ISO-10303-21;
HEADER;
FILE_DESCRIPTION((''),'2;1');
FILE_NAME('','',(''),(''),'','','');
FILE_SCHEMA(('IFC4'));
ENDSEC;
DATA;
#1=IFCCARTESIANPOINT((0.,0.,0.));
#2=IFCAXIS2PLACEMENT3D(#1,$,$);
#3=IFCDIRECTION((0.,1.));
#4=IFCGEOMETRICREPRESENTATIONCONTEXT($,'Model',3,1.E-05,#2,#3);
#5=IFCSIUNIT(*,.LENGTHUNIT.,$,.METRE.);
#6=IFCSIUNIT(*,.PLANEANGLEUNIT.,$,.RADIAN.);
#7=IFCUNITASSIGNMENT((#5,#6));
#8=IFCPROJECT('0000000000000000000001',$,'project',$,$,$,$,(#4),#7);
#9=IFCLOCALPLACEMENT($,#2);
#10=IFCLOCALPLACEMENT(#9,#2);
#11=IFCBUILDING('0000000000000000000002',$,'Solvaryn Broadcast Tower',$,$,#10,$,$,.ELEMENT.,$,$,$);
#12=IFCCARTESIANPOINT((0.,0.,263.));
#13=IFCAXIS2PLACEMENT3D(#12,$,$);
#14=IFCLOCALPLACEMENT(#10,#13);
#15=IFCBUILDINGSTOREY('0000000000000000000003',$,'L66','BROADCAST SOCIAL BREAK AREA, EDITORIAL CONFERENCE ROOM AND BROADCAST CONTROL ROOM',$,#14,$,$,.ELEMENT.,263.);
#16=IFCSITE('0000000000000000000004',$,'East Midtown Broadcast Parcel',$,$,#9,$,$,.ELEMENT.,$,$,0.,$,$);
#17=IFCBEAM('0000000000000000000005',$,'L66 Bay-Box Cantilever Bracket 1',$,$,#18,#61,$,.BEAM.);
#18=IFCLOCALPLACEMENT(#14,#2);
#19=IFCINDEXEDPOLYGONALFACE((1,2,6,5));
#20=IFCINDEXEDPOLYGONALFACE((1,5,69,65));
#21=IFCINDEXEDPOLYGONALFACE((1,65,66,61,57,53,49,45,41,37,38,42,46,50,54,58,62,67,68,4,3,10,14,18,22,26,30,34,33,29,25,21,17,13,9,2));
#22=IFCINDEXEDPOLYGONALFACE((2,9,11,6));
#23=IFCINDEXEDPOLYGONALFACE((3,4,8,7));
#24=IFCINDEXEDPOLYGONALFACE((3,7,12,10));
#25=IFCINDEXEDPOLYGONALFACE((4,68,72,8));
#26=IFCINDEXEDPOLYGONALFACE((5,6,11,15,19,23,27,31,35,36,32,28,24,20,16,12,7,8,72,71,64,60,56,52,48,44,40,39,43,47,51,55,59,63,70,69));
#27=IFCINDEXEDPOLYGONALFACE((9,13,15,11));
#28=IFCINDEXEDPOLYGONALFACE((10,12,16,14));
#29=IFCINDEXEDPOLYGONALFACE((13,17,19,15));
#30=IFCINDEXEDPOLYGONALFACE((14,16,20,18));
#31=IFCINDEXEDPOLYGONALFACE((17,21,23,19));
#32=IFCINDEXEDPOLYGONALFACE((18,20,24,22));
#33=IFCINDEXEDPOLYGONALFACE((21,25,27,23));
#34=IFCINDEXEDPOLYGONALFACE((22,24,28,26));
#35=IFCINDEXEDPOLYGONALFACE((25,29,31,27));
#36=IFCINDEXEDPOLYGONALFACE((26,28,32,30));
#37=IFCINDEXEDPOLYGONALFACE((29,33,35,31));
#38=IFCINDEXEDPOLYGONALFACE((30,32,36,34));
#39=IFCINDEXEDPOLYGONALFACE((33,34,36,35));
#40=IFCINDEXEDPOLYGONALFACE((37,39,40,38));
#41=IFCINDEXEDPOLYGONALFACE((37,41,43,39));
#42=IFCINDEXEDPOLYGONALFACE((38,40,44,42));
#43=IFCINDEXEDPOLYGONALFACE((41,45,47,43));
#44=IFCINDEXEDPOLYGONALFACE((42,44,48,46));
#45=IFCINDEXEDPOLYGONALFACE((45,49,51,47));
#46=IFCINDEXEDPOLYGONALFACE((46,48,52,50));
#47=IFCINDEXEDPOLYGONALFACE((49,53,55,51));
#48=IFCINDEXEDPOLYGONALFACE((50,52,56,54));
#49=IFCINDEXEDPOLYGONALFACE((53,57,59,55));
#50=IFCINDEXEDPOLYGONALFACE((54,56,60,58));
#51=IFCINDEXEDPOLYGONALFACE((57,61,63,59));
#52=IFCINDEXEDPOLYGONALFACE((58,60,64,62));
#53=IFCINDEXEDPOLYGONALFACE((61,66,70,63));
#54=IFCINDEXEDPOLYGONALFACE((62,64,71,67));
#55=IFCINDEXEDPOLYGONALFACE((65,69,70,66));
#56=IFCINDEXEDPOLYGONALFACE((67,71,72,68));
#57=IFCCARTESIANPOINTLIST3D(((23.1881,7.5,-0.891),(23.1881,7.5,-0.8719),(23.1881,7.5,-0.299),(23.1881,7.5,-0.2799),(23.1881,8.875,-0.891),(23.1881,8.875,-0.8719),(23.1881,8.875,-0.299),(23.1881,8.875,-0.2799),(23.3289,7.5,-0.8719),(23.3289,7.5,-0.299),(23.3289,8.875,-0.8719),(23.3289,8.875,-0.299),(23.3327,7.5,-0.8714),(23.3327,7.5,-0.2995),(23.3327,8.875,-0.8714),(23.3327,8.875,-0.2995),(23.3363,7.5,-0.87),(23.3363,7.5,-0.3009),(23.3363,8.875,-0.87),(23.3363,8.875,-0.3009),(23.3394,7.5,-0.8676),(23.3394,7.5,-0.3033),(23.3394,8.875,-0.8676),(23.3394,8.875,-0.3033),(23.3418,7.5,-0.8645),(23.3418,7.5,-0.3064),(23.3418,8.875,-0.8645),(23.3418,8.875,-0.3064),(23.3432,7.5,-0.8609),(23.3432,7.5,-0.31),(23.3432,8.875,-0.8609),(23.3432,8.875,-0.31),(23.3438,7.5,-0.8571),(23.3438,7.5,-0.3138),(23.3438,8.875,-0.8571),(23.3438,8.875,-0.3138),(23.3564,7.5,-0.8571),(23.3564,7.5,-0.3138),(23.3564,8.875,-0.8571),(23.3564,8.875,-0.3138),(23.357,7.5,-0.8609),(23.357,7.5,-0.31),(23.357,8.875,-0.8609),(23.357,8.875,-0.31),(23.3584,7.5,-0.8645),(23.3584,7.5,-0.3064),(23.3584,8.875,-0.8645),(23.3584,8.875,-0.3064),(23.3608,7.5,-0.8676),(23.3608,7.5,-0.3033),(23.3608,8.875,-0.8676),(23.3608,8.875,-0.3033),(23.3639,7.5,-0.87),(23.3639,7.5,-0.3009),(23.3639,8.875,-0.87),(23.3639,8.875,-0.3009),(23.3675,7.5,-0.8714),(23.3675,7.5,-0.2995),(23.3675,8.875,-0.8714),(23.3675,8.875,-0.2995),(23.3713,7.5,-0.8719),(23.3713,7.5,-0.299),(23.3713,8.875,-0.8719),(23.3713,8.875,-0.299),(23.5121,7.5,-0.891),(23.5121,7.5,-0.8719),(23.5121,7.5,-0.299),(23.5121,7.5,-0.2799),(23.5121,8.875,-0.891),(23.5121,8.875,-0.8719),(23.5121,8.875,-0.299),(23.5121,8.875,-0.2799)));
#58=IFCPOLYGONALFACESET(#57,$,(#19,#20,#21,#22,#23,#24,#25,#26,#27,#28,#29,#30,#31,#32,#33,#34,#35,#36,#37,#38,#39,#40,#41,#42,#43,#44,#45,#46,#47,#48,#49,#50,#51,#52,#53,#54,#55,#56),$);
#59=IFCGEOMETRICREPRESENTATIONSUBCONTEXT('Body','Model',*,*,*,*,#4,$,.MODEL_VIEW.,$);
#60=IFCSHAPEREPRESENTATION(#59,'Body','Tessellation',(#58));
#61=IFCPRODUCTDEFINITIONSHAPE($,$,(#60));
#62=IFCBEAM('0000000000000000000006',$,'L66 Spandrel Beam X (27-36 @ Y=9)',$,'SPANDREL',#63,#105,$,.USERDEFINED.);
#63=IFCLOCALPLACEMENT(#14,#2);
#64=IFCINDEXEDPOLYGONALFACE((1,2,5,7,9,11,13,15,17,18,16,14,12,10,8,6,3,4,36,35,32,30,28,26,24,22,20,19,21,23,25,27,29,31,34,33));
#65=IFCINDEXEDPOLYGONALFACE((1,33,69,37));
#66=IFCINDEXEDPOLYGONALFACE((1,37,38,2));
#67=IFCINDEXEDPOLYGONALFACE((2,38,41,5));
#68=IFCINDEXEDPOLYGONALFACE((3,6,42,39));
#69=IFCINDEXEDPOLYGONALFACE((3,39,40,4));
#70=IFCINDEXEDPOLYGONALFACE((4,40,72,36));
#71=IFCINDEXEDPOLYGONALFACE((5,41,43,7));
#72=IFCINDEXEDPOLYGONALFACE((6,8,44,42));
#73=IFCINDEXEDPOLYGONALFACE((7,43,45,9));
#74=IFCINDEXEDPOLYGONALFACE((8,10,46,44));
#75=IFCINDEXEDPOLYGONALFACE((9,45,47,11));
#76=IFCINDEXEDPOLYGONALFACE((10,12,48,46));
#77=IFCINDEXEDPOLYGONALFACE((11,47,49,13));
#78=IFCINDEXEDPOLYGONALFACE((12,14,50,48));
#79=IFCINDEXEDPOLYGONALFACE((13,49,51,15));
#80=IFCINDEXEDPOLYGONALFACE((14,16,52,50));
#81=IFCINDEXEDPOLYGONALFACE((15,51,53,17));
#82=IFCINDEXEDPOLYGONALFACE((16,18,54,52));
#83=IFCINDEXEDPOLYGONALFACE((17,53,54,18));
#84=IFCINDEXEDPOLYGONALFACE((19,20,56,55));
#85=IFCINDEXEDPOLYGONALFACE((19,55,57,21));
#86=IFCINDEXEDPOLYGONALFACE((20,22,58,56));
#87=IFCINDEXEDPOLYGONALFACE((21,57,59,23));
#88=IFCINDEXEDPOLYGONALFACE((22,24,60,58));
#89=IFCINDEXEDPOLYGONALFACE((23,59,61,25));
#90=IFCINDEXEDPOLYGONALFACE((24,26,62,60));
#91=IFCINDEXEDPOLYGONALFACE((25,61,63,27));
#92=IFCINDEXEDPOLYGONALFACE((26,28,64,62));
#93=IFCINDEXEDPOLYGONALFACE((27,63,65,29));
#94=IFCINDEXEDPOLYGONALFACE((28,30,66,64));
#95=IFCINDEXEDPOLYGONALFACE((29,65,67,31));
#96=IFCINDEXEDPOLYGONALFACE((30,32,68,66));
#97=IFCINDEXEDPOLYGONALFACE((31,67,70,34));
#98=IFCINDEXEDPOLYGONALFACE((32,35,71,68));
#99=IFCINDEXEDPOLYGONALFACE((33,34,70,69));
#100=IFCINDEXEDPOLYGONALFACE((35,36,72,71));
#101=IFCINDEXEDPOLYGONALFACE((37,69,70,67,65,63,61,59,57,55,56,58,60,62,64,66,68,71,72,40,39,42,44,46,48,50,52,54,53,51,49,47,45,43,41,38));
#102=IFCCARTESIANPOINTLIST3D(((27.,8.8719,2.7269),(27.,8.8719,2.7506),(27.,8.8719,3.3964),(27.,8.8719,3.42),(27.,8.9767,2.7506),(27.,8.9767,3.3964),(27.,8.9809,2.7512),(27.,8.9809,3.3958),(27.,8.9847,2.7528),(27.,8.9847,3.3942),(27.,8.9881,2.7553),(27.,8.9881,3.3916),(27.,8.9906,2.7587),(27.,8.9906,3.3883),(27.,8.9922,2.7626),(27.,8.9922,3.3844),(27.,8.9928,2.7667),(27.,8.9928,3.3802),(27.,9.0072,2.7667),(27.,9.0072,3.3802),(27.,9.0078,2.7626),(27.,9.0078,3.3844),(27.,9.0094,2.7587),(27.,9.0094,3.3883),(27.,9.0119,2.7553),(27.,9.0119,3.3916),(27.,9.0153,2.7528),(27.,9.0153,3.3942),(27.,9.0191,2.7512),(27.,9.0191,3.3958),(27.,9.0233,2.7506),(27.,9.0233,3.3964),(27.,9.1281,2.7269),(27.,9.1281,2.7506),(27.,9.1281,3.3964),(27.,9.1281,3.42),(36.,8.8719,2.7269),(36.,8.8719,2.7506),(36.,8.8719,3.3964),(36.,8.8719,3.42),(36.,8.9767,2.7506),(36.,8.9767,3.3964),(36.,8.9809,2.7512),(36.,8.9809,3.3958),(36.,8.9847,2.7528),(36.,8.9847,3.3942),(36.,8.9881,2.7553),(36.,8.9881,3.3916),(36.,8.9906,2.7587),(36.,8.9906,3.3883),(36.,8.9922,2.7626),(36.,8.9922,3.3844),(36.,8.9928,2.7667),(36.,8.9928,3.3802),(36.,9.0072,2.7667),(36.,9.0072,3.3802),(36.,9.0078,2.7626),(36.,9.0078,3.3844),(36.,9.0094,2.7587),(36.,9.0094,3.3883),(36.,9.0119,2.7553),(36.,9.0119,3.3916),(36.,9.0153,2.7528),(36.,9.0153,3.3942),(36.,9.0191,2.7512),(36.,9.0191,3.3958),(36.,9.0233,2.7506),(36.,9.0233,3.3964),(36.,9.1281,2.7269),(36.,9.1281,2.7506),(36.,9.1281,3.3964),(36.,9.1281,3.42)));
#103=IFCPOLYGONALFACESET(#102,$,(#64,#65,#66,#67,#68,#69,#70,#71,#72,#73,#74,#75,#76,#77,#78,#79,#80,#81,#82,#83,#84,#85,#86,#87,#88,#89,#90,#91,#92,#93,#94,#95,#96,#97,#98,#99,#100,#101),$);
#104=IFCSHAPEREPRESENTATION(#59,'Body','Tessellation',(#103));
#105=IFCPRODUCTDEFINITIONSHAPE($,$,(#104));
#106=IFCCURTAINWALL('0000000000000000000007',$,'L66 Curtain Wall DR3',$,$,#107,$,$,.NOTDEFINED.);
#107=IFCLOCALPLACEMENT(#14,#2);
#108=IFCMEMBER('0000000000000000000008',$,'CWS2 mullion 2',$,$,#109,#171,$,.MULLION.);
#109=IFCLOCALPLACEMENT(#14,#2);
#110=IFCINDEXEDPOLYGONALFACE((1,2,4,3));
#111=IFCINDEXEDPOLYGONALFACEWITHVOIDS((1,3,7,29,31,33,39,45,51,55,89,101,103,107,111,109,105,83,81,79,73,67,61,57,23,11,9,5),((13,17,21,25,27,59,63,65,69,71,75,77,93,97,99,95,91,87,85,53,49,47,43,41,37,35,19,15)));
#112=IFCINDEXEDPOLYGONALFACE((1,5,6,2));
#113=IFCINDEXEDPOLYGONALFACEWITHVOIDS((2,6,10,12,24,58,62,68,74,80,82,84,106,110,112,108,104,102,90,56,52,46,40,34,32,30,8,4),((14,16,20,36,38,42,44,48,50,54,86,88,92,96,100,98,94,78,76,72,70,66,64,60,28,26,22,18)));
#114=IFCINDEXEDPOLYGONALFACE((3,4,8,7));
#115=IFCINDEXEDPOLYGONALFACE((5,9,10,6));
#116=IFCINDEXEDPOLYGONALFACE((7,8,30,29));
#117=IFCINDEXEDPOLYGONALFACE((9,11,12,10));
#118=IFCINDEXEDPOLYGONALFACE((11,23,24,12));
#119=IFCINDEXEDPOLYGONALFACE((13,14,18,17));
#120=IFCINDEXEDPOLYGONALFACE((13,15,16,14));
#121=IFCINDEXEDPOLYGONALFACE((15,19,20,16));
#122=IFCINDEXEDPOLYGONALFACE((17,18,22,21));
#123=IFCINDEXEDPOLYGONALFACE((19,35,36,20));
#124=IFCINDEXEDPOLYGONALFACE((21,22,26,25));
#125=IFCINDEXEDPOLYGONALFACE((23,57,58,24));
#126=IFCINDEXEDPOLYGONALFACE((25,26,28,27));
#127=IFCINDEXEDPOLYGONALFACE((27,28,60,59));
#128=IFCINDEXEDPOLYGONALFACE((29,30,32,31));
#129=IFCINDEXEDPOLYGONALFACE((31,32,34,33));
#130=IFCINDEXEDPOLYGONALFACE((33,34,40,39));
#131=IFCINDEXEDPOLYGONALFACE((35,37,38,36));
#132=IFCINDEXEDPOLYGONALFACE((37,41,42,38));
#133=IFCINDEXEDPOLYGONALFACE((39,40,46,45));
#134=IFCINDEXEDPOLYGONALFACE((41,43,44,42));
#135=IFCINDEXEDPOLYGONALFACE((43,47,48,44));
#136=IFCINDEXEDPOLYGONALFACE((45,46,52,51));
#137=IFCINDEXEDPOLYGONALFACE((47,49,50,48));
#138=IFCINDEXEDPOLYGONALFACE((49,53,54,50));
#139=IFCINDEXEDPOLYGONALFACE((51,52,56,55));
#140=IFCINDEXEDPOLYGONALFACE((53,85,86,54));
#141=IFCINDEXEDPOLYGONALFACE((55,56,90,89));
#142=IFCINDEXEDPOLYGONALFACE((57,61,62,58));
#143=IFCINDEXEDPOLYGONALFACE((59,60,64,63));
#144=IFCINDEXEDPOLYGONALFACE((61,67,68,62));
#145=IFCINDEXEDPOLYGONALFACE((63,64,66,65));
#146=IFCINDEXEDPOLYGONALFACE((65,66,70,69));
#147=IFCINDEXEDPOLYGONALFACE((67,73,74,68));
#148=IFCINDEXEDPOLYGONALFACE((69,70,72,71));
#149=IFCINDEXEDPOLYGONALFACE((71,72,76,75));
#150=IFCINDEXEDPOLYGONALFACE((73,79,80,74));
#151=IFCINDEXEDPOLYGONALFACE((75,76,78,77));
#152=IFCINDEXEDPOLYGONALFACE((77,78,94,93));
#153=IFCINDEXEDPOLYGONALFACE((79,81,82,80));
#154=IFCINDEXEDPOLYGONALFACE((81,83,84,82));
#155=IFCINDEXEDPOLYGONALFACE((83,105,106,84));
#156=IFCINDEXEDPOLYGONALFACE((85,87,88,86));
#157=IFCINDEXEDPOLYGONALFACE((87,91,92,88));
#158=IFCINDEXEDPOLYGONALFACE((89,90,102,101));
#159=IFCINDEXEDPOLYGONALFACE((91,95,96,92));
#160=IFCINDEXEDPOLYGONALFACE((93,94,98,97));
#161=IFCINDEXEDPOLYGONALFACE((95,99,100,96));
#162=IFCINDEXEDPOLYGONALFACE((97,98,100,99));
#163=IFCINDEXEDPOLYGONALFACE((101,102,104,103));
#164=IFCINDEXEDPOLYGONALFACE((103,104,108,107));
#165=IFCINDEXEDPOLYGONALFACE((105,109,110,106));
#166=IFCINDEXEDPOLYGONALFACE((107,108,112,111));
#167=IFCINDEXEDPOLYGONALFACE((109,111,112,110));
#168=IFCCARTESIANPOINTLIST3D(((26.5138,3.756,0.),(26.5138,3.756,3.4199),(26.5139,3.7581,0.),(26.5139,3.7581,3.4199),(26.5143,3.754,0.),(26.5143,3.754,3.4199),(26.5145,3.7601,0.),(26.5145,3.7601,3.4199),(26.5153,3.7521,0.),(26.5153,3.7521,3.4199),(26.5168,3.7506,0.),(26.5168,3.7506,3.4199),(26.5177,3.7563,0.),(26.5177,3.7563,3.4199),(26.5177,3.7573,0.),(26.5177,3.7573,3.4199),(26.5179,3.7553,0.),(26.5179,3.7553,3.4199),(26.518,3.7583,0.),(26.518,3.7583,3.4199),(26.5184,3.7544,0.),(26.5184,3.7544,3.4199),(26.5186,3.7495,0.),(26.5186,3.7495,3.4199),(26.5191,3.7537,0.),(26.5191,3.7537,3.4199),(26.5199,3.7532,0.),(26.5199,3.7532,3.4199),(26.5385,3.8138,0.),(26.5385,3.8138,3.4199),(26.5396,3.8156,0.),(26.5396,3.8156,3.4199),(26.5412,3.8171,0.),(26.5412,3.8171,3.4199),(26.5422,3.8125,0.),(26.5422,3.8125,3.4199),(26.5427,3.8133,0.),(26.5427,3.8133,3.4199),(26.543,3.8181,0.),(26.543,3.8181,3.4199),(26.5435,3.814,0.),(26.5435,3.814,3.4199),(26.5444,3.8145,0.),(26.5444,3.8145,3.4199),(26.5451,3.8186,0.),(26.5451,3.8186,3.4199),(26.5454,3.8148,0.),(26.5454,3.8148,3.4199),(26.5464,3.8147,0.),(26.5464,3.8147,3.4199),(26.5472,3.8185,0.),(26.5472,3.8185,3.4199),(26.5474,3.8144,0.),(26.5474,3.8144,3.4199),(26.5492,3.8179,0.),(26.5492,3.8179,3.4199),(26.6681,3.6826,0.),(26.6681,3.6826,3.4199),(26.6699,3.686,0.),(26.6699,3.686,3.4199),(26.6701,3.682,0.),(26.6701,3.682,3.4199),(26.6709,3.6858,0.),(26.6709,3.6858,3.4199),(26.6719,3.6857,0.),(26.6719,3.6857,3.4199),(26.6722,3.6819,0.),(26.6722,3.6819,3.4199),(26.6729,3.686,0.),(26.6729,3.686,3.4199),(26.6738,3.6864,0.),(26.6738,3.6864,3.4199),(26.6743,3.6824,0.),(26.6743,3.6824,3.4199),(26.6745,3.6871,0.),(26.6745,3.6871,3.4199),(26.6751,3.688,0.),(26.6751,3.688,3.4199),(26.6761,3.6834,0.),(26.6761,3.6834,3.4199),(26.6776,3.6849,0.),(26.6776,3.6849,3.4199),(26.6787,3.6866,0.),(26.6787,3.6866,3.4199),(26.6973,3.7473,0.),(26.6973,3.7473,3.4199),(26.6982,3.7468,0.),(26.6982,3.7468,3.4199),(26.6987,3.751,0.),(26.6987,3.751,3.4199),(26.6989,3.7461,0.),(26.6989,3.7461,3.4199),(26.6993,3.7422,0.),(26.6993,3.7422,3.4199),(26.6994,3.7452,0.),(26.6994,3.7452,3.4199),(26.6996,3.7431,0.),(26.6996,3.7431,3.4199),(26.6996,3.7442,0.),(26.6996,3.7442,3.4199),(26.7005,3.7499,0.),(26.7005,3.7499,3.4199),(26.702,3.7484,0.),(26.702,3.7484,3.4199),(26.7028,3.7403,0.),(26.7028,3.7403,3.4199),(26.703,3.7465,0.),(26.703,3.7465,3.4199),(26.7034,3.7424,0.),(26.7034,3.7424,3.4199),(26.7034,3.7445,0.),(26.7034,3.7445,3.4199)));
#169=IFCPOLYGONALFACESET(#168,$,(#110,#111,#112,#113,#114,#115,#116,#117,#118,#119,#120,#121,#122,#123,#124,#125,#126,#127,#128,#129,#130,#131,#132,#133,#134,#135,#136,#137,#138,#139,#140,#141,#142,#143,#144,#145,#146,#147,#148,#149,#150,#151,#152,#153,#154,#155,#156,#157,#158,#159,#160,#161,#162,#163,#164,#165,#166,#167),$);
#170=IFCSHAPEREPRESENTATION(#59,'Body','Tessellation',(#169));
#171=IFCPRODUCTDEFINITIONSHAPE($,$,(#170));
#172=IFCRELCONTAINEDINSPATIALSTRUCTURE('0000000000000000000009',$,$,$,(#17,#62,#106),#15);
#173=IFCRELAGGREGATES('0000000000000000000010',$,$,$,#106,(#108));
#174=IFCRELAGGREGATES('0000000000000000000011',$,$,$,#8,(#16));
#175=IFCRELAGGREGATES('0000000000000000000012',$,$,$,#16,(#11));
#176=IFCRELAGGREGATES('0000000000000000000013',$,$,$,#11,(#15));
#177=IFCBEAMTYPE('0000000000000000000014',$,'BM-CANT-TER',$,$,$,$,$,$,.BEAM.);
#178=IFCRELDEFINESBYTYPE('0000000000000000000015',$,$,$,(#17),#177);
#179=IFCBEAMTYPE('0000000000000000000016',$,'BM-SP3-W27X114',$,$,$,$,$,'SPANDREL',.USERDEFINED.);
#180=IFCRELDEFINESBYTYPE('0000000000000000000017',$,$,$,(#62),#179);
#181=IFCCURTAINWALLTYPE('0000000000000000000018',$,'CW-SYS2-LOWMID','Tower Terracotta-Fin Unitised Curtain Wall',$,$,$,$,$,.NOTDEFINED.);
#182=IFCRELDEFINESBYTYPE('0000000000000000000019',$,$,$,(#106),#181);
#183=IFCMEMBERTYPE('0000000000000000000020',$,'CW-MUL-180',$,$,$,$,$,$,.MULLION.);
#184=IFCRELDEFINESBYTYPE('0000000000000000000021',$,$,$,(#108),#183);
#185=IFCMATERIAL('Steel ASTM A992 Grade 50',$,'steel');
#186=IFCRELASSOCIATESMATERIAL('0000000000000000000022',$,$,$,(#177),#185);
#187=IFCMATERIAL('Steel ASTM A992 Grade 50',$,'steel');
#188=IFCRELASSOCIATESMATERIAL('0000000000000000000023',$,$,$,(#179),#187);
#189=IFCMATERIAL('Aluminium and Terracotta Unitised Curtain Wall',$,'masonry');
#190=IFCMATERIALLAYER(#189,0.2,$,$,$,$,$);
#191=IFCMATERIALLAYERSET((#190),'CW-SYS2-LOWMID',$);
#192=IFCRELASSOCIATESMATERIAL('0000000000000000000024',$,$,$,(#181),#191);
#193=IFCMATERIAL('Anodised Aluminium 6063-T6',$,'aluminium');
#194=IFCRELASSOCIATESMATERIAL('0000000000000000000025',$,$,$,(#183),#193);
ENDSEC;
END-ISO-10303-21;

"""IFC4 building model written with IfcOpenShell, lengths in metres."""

from ifc_helpers import new_model, si_unit, direction, frame, origin, origin_2d, place, context, subcontext, project, spatial, hollow_rectangle, i_section, extrude, material, layer, layer_set, material_profile, profile_set, type_object, element, aggregate, save


model = new_model("IFC4")

# Units and contexts
model_context = context("Model", 3, precision=1e-05, world=origin(), true_north=direction((0.0, 1.0)))
body_context = subcontext(model_context, "Body", "Model", "MODEL_VIEW")
ifc_project = project(units=[si_unit("LENGTHUNIT", "METRE"), si_unit("PLANEANGLEUNIT", "RADIAN")], contexts=[model_context])

# Site, building, storey
site_placement = place(None, origin())
site = spatial("IfcSite", under=ifc_project, at=site_placement, Name="East Midtown Broadcast Parcel", CompositionType="ELEMENT", RefElevation=0.0)
building_placement = place(site_placement, origin())
building = spatial("IfcBuilding", under=site, at=building_placement, Name="Solvaryn Broadcast Tower", CompositionType="ELEMENT")
storey_placement = place(building_placement, frame((0.0, 0.0, 263.0)))
storey = spatial("IfcBuildingStorey", under=building, at=storey_placement, Name="L66", Description="BROADCAST SOCIAL BREAK AREA, EDITORIAL CONFERENCE ROOM AND BROADCAST CONTROL ROOM", CompositionType="ELEMENT", Elevation=263.0)

# Beams
ifc_material_1 = material(Name="Steel ASTM A992 Grade 50", Category="steel")
ifc_material_profile_1 = material_profile(ifc_material_1, i_section(OverallWidth=0.324, OverallDepth=0.6111, WebThickness=0.0127, FlangeThickness=0.019, FilletRadius=0.0149, at=origin_2d()))
ifc_profile_set_1 = profile_set([ifc_material_profile_1], Name="Steel ASTM A992 Grade 50")
beam_type_1 = type_object("IfcBeamType", Name="BM-CANT-TER", PredefinedType="BEAM", material=ifc_profile_set_1)
beam_1_placement = place(storey_placement, frame((23.3501, 8.875, -0.5854), z_axis=(0.0, -1.0, 0.0), x_axis=(1.0, 0.0, 0.0)))
element("IfcBeam", 1, at=beam_1_placement, inside=storey, type_object=beam_type_1, Name="L66 Bay-Box Cantilever Bracket 1", PredefinedType="BEAM", context=body_context, shape_type="SweptSolid", body=[
    extrude(i_section(OverallWidth=0.324, OverallDepth=0.6111, WebThickness=0.0127, FlangeThickness=0.019, FilletRadius=0.0149, at=origin_2d()), origin(), (0.0, 0.0, 1.0), 1.375),
])
ifc_material_2 = material(Name="Steel ASTM A992 Grade 50", Category="steel")
ifc_material_profile_2 = material_profile(ifc_material_2, i_section(OverallWidth=0.2561, OverallDepth=0.6931, WebThickness=0.0144, FlangeThickness=0.0237, FilletRadius=0.0161, at=origin_2d()))
ifc_profile_set_2 = profile_set([ifc_material_profile_2], Name="Steel ASTM A992 Grade 50")
beam_type_2 = type_object("IfcBeamType", Name="BM-SP3-W27X114", ElementType="SPANDREL", PredefinedType="USERDEFINED", material=ifc_profile_set_2)
beam_2_placement = place(storey_placement, frame((27.0, 9.0, 3.0735), z_axis=(1.0, 0.0, 0.0), x_axis=(0.0, 1.0, 0.0)))
element("IfcBeam", 2, at=beam_2_placement, inside=storey, type_object=beam_type_2, Name="L66 Spandrel Beam X (27-36 @ Y=9)", ObjectType="SPANDREL", PredefinedType="USERDEFINED", context=body_context, shape_type="SweptSolid", body=[
    extrude(i_section(OverallWidth=0.2561, OverallDepth=0.6931, WebThickness=0.0144, FlangeThickness=0.0237, FilletRadius=0.0161, at=origin_2d()), origin(), (0.0, 0.0, 1.0), 9.0),
])

# Curtain wall, member
ifc_material_3 = material(Name="Aluminium and Terracotta Unitised Curtain Wall", Category="masonry")
ifc_layer_1 = layer(ifc_material_3, 0.2)
ifc_layer_set_1 = layer_set([ifc_layer_1], Name="CW-SYS2-LOWMID")
curtain_wall_type = type_object("IfcCurtainWallType", Name="CW-SYS2-LOWMID", Description="Tower Terracotta-Fin Unitised Curtain Wall", PredefinedType="NOTDEFINED", material=ifc_layer_set_1)
curtain_wall_1_placement = place(storey_placement, origin())
curtain_wall_1 = element("IfcCurtainWall", 3, at=curtain_wall_1_placement, inside=storey, type_object=curtain_wall_type, Name="L66 Curtain Wall DR3", PredefinedType="NOTDEFINED")
ifc_material_4 = material(Name="Anodised Aluminium 6063-T6", Category="aluminium")
ifc_material_profile_3 = material_profile(ifc_material_4, hollow_rectangle(XDim=0.075, YDim=0.1799, WallThickness=0.0039, InnerFilletRadius=0.0039, OuterFilletRadius=0.0081, at=origin_2d()))
ifc_profile_set_3 = profile_set([ifc_material_profile_3], Name="Anodised Aluminium 6063-T6")
member_type_1 = type_object("IfcMemberType", Name="CW-MUL-180", PredefinedType="MULLION", material=ifc_profile_set_3)
member_1_placement = place(storey_placement, frame((26.6086, 3.7502, 0.0), z_axis=(0.0, 0.0, 1.0), x_axis=(0.408466, 0.912774, 0.0)))
member_1 = element("IfcMember", 4, at=member_1_placement, type_object=member_type_1, Name="CWS2 mullion 2", PredefinedType="MULLION", context=body_context, shape_type="SweptSolid", body=[
    extrude(hollow_rectangle(XDim=0.075, YDim=0.1799, WallThickness=0.0039, InnerFilletRadius=0.0039, OuterFilletRadius=0.0081, at=origin_2d()), origin(), (0.0, 0.0, 1.0), 3.4199),
])
aggregate(curtain_wall_1, [member_1])

save(model, "model.ifc")
